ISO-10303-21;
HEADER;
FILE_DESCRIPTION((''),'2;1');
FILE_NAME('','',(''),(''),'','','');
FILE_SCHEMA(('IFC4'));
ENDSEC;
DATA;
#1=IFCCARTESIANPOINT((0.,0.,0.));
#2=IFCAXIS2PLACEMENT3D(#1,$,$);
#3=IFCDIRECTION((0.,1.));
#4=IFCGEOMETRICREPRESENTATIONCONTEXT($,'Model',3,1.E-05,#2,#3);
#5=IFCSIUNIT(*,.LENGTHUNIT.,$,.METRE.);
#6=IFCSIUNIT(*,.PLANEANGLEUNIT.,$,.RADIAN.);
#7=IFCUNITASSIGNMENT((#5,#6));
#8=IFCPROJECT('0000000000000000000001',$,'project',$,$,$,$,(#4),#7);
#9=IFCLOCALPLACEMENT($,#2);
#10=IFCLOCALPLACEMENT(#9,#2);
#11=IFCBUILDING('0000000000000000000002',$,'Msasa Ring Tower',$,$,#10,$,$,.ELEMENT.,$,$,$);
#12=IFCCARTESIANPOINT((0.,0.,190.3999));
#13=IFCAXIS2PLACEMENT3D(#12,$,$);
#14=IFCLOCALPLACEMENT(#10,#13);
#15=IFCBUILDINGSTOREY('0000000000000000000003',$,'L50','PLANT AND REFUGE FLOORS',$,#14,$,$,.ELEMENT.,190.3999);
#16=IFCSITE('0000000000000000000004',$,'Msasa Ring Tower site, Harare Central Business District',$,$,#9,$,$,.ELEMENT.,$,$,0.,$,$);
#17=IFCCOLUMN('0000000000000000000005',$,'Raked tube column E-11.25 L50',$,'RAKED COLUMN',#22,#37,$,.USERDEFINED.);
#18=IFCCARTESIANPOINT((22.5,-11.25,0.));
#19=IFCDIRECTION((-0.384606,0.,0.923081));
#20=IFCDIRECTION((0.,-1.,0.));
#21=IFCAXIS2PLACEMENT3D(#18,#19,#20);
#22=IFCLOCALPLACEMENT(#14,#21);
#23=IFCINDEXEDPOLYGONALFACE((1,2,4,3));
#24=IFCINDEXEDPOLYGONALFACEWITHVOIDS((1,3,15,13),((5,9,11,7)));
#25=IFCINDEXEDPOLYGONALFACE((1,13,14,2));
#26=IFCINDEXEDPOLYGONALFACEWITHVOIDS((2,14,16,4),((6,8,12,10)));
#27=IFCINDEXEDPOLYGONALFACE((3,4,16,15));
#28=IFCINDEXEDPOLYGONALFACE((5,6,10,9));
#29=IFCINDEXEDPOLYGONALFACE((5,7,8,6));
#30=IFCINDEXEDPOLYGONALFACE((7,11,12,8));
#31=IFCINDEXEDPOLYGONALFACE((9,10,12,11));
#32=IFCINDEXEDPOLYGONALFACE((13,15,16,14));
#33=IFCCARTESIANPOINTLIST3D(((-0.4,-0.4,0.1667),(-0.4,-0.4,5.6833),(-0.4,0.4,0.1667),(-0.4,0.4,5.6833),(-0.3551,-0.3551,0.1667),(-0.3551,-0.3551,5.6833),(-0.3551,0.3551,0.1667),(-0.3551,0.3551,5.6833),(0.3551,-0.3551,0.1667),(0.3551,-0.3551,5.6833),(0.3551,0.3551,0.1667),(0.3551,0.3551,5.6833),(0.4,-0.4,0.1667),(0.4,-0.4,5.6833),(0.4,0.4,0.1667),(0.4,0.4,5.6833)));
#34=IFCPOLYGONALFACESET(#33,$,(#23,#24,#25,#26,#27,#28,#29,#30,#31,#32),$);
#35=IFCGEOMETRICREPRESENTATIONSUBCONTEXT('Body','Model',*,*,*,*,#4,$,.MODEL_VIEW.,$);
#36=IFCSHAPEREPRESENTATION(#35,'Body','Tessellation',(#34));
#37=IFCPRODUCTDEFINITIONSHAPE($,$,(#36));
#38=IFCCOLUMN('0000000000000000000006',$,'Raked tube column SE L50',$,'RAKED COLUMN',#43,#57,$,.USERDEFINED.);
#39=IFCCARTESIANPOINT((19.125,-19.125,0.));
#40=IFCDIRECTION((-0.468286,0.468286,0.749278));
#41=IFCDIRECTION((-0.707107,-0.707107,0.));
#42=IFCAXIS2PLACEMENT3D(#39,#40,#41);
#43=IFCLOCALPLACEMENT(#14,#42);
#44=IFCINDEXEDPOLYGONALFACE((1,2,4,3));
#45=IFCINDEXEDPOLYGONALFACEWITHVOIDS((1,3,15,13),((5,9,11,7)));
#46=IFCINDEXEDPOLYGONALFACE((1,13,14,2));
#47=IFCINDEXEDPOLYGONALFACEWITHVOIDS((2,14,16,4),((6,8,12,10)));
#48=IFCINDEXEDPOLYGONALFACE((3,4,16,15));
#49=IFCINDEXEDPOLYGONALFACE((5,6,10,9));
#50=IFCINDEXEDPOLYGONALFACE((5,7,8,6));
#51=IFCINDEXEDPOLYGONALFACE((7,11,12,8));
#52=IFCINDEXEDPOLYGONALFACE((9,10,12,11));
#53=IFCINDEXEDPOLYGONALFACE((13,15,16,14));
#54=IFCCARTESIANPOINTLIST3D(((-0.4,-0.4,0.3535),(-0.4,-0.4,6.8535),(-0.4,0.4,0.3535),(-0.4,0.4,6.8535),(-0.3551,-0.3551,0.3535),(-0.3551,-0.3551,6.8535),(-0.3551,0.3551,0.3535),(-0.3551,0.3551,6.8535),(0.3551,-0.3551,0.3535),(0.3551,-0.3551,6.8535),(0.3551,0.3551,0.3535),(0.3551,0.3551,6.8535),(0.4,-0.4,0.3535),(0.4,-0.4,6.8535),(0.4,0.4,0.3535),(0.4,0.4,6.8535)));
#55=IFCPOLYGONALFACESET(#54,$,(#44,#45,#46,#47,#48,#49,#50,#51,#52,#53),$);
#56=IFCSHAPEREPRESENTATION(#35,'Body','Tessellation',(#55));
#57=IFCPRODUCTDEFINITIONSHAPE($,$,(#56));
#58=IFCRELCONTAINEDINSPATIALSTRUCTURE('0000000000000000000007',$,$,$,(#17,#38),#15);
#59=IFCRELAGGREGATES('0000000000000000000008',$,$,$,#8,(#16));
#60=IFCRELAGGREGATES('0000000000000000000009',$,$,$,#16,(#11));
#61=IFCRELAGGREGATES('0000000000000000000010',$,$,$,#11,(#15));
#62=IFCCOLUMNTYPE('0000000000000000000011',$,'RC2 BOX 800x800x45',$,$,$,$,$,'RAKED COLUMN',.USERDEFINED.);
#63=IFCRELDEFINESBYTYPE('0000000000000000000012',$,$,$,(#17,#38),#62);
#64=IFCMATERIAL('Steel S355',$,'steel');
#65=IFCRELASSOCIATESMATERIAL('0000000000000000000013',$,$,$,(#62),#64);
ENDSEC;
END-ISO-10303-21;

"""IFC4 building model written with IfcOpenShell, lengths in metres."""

from ifc_helpers import new_model, si_unit, direction, frame, origin, origin_2d, place, context, subcontext, project, spatial, hollow_rectangle, extrude, clip, halfspace, material, material_profile, profile_set, type_object, element, save


model = new_model("IFC4")

# Units and contexts
model_context = context("Model", 3, precision=1e-05, world=origin(), true_north=direction((0.0, 1.0)))
body_context = subcontext(model_context, "Body", "Model", "MODEL_VIEW")
ifc_project = project(units=[si_unit("LENGTHUNIT", "METRE"), si_unit("PLANEANGLEUNIT", "RADIAN")], contexts=[model_context])

# Site, building, storey
site_placement = place(None, origin())
site = spatial("IfcSite", under=ifc_project, at=site_placement, Name="Msasa Ring Tower site, Harare Central Business District", CompositionType="ELEMENT", RefElevation=0.0)
building_placement = place(site_placement, origin())
building = spatial("IfcBuilding", under=site, at=building_placement, Name="Msasa Ring Tower", CompositionType="ELEMENT")
storey_placement = place(building_placement, frame((0.0, 0.0, 190.3999)))
storey = spatial("IfcBuildingStorey", under=building, at=storey_placement, Name="L50", Description="PLANT AND REFUGE FLOORS", CompositionType="ELEMENT", Elevation=190.3999)

# Columns
ifc_material_1 = material(Name="Steel S355", Category="steel")
ifc_material_profile_1 = material_profile(ifc_material_1, hollow_rectangle(XDim=0.8, YDim=0.8, WallThickness=0.0449, at=origin_2d()), Name="BOX 800x800x45")
ifc_profile_set_1 = profile_set([ifc_material_profile_1], Name="Steel S355")
column_type = type_object("IfcColumnType", Name="RC2 BOX 800x800x45", ElementType="RAKED COLUMN", PredefinedType="USERDEFINED", material=ifc_profile_set_1)
column_1_placement = place(storey_placement, frame((22.5, -11.25, 0.0), z_axis=(-0.384606, 0.0, 0.923081), x_axis=(0.0, -1.0, 0.0)))
element("IfcColumn", 1, at=column_1_placement, inside=storey, type_object=column_type, Name="Raked tube column E-11.25 L50", ObjectType="RAKED COLUMN", PredefinedType="USERDEFINED", context=body_context, shape_type="Clipping", body=[
    clip(clip(extrude(hollow_rectangle(XDim=0.8, YDim=0.8, WallThickness=0.0449, at=origin_2d()), origin(), (0.0, 0.0, 1.0), 5.8501), halfspace(frame((0.0, 0.0, 0.1667), z_axis=(0.0, 0.0, 1.0)), True)), halfspace(frame((0.0, 0.0, 5.6833), z_axis=(0.0, 0.0, -1.0)), True)),
])
column_2_placement = place(storey_placement, frame((19.125, -19.125, 0.0), z_axis=(-0.468286, 0.468286, 0.749278), x_axis=(-0.707107, -0.707107, 0.0)))
element("IfcColumn", 2, at=column_2_placement, inside=storey, type_object=column_type, Name="Raked tube column SE L50", ObjectType="RAKED COLUMN", PredefinedType="USERDEFINED", context=body_context, shape_type="Clipping", body=[
    clip(clip(extrude(hollow_rectangle(XDim=0.8, YDim=0.8, WallThickness=0.0449, at=origin_2d()), origin(), (0.0, 0.0, 1.0), 7.207), halfspace(frame((0.0, 0.0, 0.3535), z_axis=(0.0, 0.0, 1.0)), True)), halfspace(frame((0.0, 0.0, 6.8535), z_axis=(0.0, 0.0, -1.0)), True)),
])

save(model, "model.ifc")
